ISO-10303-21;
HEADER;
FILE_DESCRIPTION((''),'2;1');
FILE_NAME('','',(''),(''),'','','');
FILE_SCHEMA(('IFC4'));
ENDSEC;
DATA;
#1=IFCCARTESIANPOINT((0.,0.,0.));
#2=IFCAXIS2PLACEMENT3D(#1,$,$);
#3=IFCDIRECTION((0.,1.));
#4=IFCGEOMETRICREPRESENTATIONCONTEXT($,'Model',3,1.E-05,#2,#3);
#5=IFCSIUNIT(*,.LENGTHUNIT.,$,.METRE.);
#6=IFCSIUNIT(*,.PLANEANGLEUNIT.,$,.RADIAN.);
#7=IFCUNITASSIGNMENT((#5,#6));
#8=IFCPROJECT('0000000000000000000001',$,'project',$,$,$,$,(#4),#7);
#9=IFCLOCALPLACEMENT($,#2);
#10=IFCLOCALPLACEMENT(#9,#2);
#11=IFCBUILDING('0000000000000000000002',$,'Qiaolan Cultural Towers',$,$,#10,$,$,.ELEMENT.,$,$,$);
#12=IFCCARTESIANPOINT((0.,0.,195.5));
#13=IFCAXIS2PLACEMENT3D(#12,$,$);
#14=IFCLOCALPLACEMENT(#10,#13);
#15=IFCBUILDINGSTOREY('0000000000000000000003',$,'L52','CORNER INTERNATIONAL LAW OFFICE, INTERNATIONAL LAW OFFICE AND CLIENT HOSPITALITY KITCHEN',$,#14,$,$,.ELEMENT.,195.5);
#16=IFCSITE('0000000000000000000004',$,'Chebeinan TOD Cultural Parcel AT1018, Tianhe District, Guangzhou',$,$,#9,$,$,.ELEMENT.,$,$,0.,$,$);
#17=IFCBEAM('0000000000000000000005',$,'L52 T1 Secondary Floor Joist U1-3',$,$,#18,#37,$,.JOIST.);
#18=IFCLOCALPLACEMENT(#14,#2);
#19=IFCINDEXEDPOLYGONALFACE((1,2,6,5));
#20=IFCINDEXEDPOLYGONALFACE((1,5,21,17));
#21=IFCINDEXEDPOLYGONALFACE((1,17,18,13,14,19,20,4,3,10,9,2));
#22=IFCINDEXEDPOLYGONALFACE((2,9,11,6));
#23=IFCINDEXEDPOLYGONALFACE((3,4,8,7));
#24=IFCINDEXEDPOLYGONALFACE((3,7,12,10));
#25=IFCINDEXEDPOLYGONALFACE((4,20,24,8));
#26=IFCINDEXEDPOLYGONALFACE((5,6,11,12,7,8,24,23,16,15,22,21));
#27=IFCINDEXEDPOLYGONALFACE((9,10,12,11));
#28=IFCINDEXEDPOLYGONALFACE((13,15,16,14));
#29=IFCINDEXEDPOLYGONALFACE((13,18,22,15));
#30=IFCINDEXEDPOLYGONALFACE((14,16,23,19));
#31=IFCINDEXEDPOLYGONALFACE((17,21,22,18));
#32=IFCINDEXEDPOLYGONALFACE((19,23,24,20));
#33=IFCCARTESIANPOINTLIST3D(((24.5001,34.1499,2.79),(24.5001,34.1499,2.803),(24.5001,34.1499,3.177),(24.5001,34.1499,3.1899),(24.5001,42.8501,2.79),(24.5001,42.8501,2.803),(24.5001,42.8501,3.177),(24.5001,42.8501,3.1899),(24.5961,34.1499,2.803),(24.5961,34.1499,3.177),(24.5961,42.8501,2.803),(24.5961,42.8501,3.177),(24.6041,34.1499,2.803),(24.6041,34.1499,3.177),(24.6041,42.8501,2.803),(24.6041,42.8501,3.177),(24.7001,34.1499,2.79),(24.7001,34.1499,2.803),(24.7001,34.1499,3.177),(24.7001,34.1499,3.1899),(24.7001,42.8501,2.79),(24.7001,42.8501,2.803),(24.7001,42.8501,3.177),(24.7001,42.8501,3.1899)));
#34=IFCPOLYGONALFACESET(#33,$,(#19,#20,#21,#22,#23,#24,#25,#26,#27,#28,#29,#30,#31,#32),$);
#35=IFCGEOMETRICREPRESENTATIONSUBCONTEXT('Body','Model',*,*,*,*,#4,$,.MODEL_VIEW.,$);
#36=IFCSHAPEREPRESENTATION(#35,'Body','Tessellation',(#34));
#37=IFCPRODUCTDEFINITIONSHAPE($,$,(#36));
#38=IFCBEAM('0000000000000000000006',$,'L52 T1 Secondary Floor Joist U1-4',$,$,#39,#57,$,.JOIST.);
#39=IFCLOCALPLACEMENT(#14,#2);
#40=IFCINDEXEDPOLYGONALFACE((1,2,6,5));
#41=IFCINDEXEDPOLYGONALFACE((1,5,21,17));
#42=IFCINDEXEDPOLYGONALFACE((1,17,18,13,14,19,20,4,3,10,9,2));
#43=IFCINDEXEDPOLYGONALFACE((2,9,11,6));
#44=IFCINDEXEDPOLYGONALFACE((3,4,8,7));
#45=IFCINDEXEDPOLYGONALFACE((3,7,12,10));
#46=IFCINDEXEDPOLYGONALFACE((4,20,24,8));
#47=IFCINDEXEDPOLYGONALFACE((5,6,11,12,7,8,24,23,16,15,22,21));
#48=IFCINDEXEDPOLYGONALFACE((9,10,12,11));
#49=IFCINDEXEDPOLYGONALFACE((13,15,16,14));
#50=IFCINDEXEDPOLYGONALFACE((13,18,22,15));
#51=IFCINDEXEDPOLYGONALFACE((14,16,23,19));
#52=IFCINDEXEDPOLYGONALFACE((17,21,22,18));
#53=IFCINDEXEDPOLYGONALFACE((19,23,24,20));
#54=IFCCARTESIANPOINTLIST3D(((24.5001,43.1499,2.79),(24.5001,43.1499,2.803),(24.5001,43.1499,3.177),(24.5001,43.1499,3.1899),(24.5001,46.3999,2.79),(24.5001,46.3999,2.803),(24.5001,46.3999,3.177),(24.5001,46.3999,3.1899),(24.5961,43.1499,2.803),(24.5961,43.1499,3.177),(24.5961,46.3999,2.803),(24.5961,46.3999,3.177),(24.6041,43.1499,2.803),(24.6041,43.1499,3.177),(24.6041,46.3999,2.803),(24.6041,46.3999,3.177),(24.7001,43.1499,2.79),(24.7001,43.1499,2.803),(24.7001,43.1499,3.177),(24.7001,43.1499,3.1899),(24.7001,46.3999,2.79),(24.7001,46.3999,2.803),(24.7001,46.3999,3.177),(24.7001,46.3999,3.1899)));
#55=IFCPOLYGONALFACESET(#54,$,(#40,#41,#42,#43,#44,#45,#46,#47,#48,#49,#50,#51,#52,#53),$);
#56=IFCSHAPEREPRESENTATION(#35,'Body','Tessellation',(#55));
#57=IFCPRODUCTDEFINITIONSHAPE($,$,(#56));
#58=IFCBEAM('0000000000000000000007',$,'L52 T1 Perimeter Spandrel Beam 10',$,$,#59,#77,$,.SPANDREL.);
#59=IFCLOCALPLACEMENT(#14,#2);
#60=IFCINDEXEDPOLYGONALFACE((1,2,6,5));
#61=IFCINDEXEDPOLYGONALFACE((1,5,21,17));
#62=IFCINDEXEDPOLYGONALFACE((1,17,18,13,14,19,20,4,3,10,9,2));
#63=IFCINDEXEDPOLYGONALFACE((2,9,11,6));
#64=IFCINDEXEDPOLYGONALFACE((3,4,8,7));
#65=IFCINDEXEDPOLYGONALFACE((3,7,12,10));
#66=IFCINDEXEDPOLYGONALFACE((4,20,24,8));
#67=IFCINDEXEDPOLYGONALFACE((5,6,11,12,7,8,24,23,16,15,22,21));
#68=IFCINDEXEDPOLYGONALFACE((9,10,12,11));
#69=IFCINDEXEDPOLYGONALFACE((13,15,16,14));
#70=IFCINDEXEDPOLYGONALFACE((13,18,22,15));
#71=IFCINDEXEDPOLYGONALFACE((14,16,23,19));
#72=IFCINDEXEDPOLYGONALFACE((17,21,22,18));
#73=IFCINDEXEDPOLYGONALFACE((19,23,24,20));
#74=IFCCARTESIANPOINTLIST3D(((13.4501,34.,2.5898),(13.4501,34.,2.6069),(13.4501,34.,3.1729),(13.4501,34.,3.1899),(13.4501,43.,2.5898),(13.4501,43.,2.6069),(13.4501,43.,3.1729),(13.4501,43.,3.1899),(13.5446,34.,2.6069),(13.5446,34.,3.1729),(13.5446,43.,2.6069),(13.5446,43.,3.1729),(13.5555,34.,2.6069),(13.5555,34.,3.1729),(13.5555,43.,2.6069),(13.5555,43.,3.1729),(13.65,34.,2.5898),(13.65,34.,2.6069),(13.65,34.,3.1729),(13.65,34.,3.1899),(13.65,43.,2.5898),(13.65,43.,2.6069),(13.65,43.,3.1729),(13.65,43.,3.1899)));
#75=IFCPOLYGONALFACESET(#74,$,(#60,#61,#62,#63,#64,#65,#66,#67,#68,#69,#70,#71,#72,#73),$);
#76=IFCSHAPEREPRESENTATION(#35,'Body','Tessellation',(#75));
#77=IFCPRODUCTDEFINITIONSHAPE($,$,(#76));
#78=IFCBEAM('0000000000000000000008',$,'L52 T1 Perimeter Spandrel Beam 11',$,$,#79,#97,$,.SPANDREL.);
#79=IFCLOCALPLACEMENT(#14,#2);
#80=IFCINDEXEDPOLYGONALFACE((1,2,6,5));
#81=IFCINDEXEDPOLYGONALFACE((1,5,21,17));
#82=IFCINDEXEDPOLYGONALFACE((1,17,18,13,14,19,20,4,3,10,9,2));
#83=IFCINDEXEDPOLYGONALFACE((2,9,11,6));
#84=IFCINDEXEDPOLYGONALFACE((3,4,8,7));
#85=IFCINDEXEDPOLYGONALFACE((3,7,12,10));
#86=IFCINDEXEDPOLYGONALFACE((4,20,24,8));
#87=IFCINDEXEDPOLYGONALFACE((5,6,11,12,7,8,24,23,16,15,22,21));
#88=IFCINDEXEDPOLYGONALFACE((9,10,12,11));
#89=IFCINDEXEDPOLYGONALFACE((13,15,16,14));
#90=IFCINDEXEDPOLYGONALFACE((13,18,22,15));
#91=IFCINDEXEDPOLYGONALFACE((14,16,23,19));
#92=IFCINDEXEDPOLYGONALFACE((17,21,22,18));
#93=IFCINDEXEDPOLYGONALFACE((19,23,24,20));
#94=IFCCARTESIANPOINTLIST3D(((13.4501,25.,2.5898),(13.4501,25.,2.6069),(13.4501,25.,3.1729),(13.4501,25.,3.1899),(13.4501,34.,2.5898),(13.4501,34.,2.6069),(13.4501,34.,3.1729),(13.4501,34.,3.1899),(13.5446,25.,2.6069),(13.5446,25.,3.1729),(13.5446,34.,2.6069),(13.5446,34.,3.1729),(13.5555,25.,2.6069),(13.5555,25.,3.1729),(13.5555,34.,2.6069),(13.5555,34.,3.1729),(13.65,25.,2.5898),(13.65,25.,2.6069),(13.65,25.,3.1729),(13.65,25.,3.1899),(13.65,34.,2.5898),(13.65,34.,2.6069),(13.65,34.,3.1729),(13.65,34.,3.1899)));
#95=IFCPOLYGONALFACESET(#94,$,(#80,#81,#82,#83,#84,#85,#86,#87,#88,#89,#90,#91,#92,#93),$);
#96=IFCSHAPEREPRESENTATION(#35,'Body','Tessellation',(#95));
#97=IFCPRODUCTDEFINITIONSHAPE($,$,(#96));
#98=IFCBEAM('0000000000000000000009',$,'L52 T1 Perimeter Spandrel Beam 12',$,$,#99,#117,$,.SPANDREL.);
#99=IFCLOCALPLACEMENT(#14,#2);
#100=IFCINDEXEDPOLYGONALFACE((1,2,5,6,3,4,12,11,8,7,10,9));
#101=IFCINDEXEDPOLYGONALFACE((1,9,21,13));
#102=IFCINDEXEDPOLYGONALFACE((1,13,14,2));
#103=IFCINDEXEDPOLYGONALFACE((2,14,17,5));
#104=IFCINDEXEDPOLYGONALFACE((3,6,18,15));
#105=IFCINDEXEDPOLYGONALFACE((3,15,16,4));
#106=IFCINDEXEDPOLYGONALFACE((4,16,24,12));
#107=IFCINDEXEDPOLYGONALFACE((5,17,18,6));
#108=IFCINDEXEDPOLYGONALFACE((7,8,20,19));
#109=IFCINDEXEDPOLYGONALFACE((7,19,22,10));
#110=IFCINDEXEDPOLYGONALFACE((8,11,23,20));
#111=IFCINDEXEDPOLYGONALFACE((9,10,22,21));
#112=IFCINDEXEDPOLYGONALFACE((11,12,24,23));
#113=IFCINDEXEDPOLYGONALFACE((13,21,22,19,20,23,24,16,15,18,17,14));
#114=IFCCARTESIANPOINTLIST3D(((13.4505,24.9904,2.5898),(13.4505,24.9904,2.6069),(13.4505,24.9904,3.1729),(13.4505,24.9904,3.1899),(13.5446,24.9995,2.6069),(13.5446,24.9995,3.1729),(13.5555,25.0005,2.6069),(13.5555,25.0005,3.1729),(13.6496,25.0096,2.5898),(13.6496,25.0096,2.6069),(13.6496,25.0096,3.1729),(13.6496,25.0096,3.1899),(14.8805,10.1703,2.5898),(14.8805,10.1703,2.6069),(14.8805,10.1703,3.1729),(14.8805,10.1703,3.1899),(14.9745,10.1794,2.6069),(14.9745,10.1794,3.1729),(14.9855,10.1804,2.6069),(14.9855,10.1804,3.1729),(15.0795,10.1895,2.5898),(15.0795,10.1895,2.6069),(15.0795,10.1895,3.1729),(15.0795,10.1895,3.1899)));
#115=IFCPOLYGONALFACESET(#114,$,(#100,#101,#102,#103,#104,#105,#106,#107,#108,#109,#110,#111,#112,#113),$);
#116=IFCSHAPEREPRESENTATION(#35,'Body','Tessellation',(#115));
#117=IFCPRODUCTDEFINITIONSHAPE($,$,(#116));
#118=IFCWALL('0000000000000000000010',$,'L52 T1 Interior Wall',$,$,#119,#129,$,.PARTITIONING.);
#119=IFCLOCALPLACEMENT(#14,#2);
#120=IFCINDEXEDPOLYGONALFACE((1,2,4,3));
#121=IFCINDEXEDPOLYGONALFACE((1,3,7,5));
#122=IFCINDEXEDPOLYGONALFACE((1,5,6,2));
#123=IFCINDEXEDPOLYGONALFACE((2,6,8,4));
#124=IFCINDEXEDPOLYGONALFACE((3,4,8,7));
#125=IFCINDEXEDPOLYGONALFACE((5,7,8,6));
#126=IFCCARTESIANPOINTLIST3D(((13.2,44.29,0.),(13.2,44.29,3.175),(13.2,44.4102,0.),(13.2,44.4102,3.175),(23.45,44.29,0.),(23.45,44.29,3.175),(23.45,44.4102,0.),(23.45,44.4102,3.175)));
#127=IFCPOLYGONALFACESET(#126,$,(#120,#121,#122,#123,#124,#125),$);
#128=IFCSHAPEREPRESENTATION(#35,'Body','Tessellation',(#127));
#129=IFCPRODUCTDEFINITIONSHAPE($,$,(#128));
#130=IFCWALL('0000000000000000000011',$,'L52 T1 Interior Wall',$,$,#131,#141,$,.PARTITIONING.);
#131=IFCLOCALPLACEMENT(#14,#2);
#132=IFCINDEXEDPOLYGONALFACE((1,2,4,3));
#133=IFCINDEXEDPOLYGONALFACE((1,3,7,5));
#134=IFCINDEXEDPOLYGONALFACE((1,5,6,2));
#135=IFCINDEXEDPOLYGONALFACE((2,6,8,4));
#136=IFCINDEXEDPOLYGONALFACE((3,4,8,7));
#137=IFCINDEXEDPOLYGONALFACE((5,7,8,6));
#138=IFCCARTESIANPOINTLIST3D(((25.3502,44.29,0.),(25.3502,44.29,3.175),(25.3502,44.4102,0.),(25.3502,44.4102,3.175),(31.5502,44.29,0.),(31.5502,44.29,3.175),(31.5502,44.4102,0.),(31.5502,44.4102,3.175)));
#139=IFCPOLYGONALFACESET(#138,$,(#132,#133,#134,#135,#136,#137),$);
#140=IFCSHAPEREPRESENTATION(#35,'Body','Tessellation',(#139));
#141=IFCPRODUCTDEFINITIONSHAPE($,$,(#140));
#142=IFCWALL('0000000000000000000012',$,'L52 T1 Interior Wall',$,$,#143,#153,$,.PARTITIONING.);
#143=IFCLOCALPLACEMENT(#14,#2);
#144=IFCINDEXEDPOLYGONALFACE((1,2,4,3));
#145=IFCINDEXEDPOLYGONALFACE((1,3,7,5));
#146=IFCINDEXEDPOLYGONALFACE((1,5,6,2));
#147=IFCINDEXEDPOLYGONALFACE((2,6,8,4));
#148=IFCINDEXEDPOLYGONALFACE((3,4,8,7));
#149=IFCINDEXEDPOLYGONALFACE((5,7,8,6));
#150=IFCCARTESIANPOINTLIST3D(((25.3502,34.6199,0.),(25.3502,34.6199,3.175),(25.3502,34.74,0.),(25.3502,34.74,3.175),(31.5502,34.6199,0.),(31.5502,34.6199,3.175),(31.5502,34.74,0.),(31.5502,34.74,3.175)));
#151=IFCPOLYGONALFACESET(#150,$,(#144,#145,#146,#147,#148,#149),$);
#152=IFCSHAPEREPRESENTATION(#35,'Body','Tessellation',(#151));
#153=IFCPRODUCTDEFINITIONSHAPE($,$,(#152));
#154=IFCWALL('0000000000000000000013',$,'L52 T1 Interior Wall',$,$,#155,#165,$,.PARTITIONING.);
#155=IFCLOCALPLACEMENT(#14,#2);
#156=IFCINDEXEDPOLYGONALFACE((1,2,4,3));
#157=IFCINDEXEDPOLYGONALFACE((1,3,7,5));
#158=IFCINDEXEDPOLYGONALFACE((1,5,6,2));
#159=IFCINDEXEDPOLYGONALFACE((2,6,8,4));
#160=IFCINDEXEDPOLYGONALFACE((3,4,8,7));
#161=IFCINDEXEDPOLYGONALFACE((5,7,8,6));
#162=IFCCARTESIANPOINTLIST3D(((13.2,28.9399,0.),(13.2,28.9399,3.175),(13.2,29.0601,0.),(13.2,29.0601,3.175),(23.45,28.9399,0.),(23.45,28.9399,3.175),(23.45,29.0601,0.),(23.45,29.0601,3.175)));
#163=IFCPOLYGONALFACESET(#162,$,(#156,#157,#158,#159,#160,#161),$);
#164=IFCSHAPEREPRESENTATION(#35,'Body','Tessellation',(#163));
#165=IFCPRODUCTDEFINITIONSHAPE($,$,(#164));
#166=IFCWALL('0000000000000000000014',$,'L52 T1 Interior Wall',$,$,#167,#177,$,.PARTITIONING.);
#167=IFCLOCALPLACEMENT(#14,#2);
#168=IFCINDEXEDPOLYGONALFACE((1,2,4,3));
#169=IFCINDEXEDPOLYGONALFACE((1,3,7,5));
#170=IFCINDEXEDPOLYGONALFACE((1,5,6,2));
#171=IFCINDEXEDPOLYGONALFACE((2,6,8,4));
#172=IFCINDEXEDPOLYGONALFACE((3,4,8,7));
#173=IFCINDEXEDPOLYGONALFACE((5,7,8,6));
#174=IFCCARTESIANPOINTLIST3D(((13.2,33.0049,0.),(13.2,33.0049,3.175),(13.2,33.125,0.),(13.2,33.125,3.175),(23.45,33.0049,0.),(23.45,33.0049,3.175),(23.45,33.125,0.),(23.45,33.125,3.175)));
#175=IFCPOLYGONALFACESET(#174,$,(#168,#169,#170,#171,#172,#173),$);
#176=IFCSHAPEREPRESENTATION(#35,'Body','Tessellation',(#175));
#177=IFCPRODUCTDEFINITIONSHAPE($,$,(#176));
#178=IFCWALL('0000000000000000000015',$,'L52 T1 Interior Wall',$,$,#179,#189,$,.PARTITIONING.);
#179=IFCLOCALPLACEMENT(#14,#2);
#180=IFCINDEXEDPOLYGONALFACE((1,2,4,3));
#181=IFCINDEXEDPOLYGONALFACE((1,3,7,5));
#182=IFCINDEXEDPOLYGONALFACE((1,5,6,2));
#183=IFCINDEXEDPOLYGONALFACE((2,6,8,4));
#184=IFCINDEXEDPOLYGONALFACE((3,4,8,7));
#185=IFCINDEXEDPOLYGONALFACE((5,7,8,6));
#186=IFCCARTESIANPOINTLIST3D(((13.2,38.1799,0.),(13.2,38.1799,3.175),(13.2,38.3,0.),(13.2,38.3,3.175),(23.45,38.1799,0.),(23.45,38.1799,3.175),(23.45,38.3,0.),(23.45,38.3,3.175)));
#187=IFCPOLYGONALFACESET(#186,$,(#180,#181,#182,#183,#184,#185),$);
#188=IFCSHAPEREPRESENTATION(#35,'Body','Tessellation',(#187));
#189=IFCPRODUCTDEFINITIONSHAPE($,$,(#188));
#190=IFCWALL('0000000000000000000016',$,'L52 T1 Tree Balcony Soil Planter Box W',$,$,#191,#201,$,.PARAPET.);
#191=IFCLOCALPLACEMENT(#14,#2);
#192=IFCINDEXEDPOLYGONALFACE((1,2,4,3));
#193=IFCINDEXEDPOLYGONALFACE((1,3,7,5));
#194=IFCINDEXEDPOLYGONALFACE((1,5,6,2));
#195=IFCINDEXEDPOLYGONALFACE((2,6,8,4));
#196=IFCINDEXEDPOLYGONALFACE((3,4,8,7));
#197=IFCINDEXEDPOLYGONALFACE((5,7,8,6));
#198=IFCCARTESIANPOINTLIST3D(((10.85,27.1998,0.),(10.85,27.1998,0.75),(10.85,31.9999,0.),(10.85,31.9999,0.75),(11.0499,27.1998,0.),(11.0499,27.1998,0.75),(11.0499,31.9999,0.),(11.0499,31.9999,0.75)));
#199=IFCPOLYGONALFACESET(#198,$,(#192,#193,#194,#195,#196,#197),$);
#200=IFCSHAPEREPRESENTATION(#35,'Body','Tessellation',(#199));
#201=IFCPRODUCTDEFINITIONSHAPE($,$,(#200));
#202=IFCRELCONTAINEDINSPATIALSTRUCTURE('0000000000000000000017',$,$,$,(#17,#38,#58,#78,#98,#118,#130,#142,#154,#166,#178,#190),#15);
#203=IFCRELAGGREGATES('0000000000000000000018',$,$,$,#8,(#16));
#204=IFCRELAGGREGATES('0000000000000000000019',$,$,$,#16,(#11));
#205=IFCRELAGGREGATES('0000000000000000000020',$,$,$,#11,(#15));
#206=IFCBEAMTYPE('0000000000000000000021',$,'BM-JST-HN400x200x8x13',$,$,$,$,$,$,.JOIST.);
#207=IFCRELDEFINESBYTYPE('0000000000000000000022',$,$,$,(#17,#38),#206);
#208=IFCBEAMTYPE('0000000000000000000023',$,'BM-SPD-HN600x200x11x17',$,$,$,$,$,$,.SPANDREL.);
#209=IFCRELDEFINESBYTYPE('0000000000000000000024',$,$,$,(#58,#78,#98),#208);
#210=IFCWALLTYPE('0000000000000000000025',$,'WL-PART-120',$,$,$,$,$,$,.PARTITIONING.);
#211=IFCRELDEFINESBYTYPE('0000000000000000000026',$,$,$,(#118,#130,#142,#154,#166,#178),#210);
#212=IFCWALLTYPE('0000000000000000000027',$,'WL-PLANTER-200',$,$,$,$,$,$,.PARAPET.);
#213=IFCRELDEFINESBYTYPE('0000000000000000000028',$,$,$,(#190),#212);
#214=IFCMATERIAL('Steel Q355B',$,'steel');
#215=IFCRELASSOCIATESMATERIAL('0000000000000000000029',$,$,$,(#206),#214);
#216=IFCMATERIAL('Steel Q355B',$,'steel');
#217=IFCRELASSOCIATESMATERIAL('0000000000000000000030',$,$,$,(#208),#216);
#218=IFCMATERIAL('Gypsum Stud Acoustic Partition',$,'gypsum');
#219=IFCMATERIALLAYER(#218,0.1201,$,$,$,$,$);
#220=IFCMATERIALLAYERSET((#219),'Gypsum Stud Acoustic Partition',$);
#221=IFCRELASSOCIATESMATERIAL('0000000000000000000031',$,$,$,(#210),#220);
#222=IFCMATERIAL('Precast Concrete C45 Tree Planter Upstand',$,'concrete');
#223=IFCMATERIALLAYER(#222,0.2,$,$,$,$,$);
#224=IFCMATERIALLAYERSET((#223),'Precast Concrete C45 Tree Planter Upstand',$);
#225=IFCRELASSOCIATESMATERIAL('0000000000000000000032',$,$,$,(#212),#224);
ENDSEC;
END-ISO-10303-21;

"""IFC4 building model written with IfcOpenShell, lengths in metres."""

from ifc_helpers import new_model, si_unit, direction, frame, frame_2d, origin, origin_2d, place, context, subcontext, project, spatial, rectangle, i_section, extrude, material, layer, layer_set, material_profile, profile_set, type_object, element, save


model = new_model("IFC4")

# Units and contexts
model_context = context("Model", 3, precision=1e-05, world=origin(), true_north=direction((0.0, 1.0)))
body_context = subcontext(model_context, "Body", "Model", "MODEL_VIEW")
ifc_project = project(units=[si_unit("LENGTHUNIT", "METRE"), si_unit("PLANEANGLEUNIT", "RADIAN")], contexts=[model_context])

# Site, building, storey
site_placement = place(None, origin())
site = spatial("IfcSite", under=ifc_project, at=site_placement, Name="Chebeinan TOD Cultural Parcel AT1018, Tianhe District, Guangzhou", CompositionType="ELEMENT", RefElevation=0.0)
building_placement = place(site_placement, origin())
building = spatial("IfcBuilding", under=site, at=building_placement, Name="Qiaolan Cultural Towers", CompositionType="ELEMENT")
storey_placement = place(building_placement, frame((0.0, 0.0, 195.5)))
storey = spatial("IfcBuildingStorey", under=building, at=storey_placement, Name="L52", Description="CORNER INTERNATIONAL LAW OFFICE, INTERNATIONAL LAW OFFICE AND CLIENT HOSPITALITY KITCHEN", CompositionType="ELEMENT", Elevation=195.5)

# Beams
ifc_material_1 = material(Name="Steel Q355B", Category="steel")
ifc_material_profile_1 = material_profile(ifc_material_1, i_section(OverallWidth=0.2, OverallDepth=0.3999, WebThickness=0.0081, FlangeThickness=0.0129, at=origin_2d()), Name="HN400x200x8x13")
ifc_profile_set_1 = profile_set([ifc_material_profile_1], Name="Steel Q355B")
beam_type_1 = type_object("IfcBeamType", Name="BM-JST-HN400x200x8x13", PredefinedType="JOIST", material=ifc_profile_set_1)
for number, where, z_axis, x_axis, name in (
    (1, (24.6001, 34.1499, 2.99), (0.0, 1.0, 0.0), (-1.0, 0.0, 0.0), "L52 T1 Secondary Floor Joist U1-3"),
):
    element("IfcBeam", number, at=place(storey_placement, frame(where, z_axis=z_axis, x_axis=x_axis)), inside=storey, type_object=beam_type_1, Name=name, PredefinedType="JOIST", context=body_context, shape_type="SweptSolid", body=[
        extrude(i_section(OverallWidth=0.2, OverallDepth=0.3999, WebThickness=0.0081, FlangeThickness=0.0129, at=origin_2d()), origin(), (0.0, 0.0, 1.0), 8.7002),
    ])
beam_1_placement = place(storey_placement, frame((24.6001, 43.1499, 2.99), z_axis=(0.0, 1.0, 0.0), x_axis=(-1.0, 0.0, 0.0)))
element("IfcBeam", 2, at=beam_1_placement, inside=storey, type_object=beam_type_1, Name="L52 T1 Secondary Floor Joist U1-4", PredefinedType="JOIST", context=body_context, shape_type="SweptSolid", body=[
    extrude(i_section(OverallWidth=0.2, OverallDepth=0.3999, WebThickness=0.0081, FlangeThickness=0.0129, at=origin_2d()), origin(), (0.0, 0.0, 1.0), 3.25),
])
ifc_material_2 = material(Name="Steel Q355B", Category="steel")
ifc_material_profile_2 = material_profile(ifc_material_2, i_section(OverallWidth=0.2, OverallDepth=0.6001, WebThickness=0.011, FlangeThickness=0.0171, at=origin_2d()), Name="HN600x200x11x17")
ifc_profile_set_2 = profile_set([ifc_material_profile_2], Name="Steel Q355B")
beam_type_2 = type_object("IfcBeamType", Name="BM-SPD-HN600x200x11x17", PredefinedType="SPANDREL", material=ifc_profile_set_2)
for number, where, z_axis, x_axis, name in (
    (3, (13.55, 43.0, 2.8899), (0.0, -1.0, 0.0), (1.0, 0.0, 0.0), "L52 T1 Perimeter Spandrel Beam 10"),
    (4, (13.55, 34.0, 2.8899), (0.0, -1.0, 0.0), (1.0, 0.0, 0.0), "L52 T1 Perimeter Spandrel Beam 11"),
):
    element("IfcBeam", number, at=place(storey_placement, frame(where, z_axis=z_axis, x_axis=x_axis)), inside=storey, type_object=beam_type_2, Name=name, PredefinedType="SPANDREL", context=body_context, shape_type="SweptSolid", body=[
        extrude(i_section(OverallWidth=0.2, OverallDepth=0.6001, WebThickness=0.011, FlangeThickness=0.0171, at=origin_2d()), origin(), (0.0, 0.0, 1.0), 9.0),
    ])
beam_2_placement = place(storey_placement, frame((13.55, 25.0, 2.8899), z_axis=(0.09604, -0.995377, 0.0), x_axis=(0.995377, 0.09604, 0.0)))
element("IfcBeam", 5, at=beam_2_placement, inside=storey, type_object=beam_type_2, Name="L52 T1 Perimeter Spandrel Beam 12", PredefinedType="SPANDREL", context=body_context, shape_type="SweptSolid", body=[
    extrude(i_section(OverallWidth=0.2, OverallDepth=0.6001, WebThickness=0.011, FlangeThickness=0.0171, at=origin_2d()), origin(), (0.0, 0.0, 1.0), 14.8889),
])

# Walls
ifc_material_3 = material(Name="Gypsum Stud Acoustic Partition", Category="gypsum")
ifc_layer_1 = layer(ifc_material_3, 0.1201)
ifc_layer_set_1 = layer_set([ifc_layer_1], Name="Gypsum Stud Acoustic Partition")
wall_type_1 = type_object("IfcWallType", Name="WL-PART-120", PredefinedType="PARTITIONING", material=ifc_layer_set_1)
wall_1_placement = place(storey_placement, frame((13.2, 44.3501, 0.0), z_axis=(0.0, 0.0, 1.0), x_axis=(1.0, 0.0, 0.0)))
element("IfcWall", 6, at=wall_1_placement, inside=storey, type_object=wall_type_1, Name="L52 T1 Interior Wall", PredefinedType="PARTITIONING", context=body_context, shape_type="SweptSolid", body=[
    extrude(rectangle(XDim=10.25, YDim=0.1201, at=frame_2d((5.125, 0.0))), origin(), (0.0, 0.0, 1.0), 3.175),
])
for number, where, z_axis, x_axis, name in (
    (7, (25.3501, 44.3501, 0.0), (0.0, 0.0, 1.0), (1.0, 0.0, 0.0), "L52 T1 Interior Wall"),
    (8, (25.3501, 34.6799, 0.0), (0.0, 0.0, 1.0), (1.0, 0.0, 0.0), "L52 T1 Interior Wall"),
):
    element("IfcWall", number, at=place(storey_placement, frame(where, z_axis=z_axis, x_axis=x_axis)), inside=storey, type_object=wall_type_1, Name=name, PredefinedType="PARTITIONING", context=body_context, shape_type="SweptSolid", body=[
        extrude(rectangle(XDim=6.2, YDim=0.1201, at=frame_2d((3.1001, 0.0))), origin(), (0.0, 0.0, 1.0), 3.175),
    ])
for number, where, z_axis, x_axis, name in (
    (9, (13.2, 29.0, 0.0), (0.0, 0.0, 1.0), (1.0, 0.0, 0.0), "L52 T1 Interior Wall"),
    (10, (13.2, 33.0649, 0.0), (0.0, 0.0, 1.0), (1.0, 0.0, 0.0), "L52 T1 Interior Wall"),
    (11, (13.2, 38.24, 0.0), (0.0, 0.0, 1.0), (1.0, 0.0, 0.0), "L52 T1 Interior Wall"),
):
    element("IfcWall", number, at=place(storey_placement, frame(where, z_axis=z_axis, x_axis=x_axis)), inside=storey, type_object=wall_type_1, Name=name, PredefinedType="PARTITIONING", context=body_context, shape_type="SweptSolid", body=[
        extrude(rectangle(XDim=10.25, YDim=0.1201, at=frame_2d((5.125, 0.0))), origin(), (0.0, 0.0, 1.0), 3.175),
    ])
ifc_material_4 = material(Name="Precast Concrete C45 Tree Planter Upstand", Category="concrete")
ifc_layer_2 = layer(ifc_material_4, 0.2)
ifc_layer_set_2 = layer_set([ifc_layer_2], Name="Precast Concrete C45 Tree Planter Upstand")
wall_type_2 = type_object("IfcWallType", Name="WL-PLANTER-200", PredefinedType="PARAPET", material=ifc_layer_set_2)
wall_2_placement = place(storey_placement, frame((10.95, 27.2, 0.0), z_axis=(0.0, 0.0, 1.0), x_axis=(0.0, 1.0, 0.0)))
element("IfcWall", 12, at=wall_2_placement, inside=storey, type_object=wall_type_2, Name="L52 T1 Tree Balcony Soil Planter Box W", PredefinedType="PARAPET", context=body_context, shape_type="SweptSolid", body=[
    extrude(rectangle(XDim=4.8, YDim=0.2, at=frame_2d((2.3999, 0.0))), origin(), (0.0, 0.0, 1.0), 0.75),
])

save(model, "model.ifc")
